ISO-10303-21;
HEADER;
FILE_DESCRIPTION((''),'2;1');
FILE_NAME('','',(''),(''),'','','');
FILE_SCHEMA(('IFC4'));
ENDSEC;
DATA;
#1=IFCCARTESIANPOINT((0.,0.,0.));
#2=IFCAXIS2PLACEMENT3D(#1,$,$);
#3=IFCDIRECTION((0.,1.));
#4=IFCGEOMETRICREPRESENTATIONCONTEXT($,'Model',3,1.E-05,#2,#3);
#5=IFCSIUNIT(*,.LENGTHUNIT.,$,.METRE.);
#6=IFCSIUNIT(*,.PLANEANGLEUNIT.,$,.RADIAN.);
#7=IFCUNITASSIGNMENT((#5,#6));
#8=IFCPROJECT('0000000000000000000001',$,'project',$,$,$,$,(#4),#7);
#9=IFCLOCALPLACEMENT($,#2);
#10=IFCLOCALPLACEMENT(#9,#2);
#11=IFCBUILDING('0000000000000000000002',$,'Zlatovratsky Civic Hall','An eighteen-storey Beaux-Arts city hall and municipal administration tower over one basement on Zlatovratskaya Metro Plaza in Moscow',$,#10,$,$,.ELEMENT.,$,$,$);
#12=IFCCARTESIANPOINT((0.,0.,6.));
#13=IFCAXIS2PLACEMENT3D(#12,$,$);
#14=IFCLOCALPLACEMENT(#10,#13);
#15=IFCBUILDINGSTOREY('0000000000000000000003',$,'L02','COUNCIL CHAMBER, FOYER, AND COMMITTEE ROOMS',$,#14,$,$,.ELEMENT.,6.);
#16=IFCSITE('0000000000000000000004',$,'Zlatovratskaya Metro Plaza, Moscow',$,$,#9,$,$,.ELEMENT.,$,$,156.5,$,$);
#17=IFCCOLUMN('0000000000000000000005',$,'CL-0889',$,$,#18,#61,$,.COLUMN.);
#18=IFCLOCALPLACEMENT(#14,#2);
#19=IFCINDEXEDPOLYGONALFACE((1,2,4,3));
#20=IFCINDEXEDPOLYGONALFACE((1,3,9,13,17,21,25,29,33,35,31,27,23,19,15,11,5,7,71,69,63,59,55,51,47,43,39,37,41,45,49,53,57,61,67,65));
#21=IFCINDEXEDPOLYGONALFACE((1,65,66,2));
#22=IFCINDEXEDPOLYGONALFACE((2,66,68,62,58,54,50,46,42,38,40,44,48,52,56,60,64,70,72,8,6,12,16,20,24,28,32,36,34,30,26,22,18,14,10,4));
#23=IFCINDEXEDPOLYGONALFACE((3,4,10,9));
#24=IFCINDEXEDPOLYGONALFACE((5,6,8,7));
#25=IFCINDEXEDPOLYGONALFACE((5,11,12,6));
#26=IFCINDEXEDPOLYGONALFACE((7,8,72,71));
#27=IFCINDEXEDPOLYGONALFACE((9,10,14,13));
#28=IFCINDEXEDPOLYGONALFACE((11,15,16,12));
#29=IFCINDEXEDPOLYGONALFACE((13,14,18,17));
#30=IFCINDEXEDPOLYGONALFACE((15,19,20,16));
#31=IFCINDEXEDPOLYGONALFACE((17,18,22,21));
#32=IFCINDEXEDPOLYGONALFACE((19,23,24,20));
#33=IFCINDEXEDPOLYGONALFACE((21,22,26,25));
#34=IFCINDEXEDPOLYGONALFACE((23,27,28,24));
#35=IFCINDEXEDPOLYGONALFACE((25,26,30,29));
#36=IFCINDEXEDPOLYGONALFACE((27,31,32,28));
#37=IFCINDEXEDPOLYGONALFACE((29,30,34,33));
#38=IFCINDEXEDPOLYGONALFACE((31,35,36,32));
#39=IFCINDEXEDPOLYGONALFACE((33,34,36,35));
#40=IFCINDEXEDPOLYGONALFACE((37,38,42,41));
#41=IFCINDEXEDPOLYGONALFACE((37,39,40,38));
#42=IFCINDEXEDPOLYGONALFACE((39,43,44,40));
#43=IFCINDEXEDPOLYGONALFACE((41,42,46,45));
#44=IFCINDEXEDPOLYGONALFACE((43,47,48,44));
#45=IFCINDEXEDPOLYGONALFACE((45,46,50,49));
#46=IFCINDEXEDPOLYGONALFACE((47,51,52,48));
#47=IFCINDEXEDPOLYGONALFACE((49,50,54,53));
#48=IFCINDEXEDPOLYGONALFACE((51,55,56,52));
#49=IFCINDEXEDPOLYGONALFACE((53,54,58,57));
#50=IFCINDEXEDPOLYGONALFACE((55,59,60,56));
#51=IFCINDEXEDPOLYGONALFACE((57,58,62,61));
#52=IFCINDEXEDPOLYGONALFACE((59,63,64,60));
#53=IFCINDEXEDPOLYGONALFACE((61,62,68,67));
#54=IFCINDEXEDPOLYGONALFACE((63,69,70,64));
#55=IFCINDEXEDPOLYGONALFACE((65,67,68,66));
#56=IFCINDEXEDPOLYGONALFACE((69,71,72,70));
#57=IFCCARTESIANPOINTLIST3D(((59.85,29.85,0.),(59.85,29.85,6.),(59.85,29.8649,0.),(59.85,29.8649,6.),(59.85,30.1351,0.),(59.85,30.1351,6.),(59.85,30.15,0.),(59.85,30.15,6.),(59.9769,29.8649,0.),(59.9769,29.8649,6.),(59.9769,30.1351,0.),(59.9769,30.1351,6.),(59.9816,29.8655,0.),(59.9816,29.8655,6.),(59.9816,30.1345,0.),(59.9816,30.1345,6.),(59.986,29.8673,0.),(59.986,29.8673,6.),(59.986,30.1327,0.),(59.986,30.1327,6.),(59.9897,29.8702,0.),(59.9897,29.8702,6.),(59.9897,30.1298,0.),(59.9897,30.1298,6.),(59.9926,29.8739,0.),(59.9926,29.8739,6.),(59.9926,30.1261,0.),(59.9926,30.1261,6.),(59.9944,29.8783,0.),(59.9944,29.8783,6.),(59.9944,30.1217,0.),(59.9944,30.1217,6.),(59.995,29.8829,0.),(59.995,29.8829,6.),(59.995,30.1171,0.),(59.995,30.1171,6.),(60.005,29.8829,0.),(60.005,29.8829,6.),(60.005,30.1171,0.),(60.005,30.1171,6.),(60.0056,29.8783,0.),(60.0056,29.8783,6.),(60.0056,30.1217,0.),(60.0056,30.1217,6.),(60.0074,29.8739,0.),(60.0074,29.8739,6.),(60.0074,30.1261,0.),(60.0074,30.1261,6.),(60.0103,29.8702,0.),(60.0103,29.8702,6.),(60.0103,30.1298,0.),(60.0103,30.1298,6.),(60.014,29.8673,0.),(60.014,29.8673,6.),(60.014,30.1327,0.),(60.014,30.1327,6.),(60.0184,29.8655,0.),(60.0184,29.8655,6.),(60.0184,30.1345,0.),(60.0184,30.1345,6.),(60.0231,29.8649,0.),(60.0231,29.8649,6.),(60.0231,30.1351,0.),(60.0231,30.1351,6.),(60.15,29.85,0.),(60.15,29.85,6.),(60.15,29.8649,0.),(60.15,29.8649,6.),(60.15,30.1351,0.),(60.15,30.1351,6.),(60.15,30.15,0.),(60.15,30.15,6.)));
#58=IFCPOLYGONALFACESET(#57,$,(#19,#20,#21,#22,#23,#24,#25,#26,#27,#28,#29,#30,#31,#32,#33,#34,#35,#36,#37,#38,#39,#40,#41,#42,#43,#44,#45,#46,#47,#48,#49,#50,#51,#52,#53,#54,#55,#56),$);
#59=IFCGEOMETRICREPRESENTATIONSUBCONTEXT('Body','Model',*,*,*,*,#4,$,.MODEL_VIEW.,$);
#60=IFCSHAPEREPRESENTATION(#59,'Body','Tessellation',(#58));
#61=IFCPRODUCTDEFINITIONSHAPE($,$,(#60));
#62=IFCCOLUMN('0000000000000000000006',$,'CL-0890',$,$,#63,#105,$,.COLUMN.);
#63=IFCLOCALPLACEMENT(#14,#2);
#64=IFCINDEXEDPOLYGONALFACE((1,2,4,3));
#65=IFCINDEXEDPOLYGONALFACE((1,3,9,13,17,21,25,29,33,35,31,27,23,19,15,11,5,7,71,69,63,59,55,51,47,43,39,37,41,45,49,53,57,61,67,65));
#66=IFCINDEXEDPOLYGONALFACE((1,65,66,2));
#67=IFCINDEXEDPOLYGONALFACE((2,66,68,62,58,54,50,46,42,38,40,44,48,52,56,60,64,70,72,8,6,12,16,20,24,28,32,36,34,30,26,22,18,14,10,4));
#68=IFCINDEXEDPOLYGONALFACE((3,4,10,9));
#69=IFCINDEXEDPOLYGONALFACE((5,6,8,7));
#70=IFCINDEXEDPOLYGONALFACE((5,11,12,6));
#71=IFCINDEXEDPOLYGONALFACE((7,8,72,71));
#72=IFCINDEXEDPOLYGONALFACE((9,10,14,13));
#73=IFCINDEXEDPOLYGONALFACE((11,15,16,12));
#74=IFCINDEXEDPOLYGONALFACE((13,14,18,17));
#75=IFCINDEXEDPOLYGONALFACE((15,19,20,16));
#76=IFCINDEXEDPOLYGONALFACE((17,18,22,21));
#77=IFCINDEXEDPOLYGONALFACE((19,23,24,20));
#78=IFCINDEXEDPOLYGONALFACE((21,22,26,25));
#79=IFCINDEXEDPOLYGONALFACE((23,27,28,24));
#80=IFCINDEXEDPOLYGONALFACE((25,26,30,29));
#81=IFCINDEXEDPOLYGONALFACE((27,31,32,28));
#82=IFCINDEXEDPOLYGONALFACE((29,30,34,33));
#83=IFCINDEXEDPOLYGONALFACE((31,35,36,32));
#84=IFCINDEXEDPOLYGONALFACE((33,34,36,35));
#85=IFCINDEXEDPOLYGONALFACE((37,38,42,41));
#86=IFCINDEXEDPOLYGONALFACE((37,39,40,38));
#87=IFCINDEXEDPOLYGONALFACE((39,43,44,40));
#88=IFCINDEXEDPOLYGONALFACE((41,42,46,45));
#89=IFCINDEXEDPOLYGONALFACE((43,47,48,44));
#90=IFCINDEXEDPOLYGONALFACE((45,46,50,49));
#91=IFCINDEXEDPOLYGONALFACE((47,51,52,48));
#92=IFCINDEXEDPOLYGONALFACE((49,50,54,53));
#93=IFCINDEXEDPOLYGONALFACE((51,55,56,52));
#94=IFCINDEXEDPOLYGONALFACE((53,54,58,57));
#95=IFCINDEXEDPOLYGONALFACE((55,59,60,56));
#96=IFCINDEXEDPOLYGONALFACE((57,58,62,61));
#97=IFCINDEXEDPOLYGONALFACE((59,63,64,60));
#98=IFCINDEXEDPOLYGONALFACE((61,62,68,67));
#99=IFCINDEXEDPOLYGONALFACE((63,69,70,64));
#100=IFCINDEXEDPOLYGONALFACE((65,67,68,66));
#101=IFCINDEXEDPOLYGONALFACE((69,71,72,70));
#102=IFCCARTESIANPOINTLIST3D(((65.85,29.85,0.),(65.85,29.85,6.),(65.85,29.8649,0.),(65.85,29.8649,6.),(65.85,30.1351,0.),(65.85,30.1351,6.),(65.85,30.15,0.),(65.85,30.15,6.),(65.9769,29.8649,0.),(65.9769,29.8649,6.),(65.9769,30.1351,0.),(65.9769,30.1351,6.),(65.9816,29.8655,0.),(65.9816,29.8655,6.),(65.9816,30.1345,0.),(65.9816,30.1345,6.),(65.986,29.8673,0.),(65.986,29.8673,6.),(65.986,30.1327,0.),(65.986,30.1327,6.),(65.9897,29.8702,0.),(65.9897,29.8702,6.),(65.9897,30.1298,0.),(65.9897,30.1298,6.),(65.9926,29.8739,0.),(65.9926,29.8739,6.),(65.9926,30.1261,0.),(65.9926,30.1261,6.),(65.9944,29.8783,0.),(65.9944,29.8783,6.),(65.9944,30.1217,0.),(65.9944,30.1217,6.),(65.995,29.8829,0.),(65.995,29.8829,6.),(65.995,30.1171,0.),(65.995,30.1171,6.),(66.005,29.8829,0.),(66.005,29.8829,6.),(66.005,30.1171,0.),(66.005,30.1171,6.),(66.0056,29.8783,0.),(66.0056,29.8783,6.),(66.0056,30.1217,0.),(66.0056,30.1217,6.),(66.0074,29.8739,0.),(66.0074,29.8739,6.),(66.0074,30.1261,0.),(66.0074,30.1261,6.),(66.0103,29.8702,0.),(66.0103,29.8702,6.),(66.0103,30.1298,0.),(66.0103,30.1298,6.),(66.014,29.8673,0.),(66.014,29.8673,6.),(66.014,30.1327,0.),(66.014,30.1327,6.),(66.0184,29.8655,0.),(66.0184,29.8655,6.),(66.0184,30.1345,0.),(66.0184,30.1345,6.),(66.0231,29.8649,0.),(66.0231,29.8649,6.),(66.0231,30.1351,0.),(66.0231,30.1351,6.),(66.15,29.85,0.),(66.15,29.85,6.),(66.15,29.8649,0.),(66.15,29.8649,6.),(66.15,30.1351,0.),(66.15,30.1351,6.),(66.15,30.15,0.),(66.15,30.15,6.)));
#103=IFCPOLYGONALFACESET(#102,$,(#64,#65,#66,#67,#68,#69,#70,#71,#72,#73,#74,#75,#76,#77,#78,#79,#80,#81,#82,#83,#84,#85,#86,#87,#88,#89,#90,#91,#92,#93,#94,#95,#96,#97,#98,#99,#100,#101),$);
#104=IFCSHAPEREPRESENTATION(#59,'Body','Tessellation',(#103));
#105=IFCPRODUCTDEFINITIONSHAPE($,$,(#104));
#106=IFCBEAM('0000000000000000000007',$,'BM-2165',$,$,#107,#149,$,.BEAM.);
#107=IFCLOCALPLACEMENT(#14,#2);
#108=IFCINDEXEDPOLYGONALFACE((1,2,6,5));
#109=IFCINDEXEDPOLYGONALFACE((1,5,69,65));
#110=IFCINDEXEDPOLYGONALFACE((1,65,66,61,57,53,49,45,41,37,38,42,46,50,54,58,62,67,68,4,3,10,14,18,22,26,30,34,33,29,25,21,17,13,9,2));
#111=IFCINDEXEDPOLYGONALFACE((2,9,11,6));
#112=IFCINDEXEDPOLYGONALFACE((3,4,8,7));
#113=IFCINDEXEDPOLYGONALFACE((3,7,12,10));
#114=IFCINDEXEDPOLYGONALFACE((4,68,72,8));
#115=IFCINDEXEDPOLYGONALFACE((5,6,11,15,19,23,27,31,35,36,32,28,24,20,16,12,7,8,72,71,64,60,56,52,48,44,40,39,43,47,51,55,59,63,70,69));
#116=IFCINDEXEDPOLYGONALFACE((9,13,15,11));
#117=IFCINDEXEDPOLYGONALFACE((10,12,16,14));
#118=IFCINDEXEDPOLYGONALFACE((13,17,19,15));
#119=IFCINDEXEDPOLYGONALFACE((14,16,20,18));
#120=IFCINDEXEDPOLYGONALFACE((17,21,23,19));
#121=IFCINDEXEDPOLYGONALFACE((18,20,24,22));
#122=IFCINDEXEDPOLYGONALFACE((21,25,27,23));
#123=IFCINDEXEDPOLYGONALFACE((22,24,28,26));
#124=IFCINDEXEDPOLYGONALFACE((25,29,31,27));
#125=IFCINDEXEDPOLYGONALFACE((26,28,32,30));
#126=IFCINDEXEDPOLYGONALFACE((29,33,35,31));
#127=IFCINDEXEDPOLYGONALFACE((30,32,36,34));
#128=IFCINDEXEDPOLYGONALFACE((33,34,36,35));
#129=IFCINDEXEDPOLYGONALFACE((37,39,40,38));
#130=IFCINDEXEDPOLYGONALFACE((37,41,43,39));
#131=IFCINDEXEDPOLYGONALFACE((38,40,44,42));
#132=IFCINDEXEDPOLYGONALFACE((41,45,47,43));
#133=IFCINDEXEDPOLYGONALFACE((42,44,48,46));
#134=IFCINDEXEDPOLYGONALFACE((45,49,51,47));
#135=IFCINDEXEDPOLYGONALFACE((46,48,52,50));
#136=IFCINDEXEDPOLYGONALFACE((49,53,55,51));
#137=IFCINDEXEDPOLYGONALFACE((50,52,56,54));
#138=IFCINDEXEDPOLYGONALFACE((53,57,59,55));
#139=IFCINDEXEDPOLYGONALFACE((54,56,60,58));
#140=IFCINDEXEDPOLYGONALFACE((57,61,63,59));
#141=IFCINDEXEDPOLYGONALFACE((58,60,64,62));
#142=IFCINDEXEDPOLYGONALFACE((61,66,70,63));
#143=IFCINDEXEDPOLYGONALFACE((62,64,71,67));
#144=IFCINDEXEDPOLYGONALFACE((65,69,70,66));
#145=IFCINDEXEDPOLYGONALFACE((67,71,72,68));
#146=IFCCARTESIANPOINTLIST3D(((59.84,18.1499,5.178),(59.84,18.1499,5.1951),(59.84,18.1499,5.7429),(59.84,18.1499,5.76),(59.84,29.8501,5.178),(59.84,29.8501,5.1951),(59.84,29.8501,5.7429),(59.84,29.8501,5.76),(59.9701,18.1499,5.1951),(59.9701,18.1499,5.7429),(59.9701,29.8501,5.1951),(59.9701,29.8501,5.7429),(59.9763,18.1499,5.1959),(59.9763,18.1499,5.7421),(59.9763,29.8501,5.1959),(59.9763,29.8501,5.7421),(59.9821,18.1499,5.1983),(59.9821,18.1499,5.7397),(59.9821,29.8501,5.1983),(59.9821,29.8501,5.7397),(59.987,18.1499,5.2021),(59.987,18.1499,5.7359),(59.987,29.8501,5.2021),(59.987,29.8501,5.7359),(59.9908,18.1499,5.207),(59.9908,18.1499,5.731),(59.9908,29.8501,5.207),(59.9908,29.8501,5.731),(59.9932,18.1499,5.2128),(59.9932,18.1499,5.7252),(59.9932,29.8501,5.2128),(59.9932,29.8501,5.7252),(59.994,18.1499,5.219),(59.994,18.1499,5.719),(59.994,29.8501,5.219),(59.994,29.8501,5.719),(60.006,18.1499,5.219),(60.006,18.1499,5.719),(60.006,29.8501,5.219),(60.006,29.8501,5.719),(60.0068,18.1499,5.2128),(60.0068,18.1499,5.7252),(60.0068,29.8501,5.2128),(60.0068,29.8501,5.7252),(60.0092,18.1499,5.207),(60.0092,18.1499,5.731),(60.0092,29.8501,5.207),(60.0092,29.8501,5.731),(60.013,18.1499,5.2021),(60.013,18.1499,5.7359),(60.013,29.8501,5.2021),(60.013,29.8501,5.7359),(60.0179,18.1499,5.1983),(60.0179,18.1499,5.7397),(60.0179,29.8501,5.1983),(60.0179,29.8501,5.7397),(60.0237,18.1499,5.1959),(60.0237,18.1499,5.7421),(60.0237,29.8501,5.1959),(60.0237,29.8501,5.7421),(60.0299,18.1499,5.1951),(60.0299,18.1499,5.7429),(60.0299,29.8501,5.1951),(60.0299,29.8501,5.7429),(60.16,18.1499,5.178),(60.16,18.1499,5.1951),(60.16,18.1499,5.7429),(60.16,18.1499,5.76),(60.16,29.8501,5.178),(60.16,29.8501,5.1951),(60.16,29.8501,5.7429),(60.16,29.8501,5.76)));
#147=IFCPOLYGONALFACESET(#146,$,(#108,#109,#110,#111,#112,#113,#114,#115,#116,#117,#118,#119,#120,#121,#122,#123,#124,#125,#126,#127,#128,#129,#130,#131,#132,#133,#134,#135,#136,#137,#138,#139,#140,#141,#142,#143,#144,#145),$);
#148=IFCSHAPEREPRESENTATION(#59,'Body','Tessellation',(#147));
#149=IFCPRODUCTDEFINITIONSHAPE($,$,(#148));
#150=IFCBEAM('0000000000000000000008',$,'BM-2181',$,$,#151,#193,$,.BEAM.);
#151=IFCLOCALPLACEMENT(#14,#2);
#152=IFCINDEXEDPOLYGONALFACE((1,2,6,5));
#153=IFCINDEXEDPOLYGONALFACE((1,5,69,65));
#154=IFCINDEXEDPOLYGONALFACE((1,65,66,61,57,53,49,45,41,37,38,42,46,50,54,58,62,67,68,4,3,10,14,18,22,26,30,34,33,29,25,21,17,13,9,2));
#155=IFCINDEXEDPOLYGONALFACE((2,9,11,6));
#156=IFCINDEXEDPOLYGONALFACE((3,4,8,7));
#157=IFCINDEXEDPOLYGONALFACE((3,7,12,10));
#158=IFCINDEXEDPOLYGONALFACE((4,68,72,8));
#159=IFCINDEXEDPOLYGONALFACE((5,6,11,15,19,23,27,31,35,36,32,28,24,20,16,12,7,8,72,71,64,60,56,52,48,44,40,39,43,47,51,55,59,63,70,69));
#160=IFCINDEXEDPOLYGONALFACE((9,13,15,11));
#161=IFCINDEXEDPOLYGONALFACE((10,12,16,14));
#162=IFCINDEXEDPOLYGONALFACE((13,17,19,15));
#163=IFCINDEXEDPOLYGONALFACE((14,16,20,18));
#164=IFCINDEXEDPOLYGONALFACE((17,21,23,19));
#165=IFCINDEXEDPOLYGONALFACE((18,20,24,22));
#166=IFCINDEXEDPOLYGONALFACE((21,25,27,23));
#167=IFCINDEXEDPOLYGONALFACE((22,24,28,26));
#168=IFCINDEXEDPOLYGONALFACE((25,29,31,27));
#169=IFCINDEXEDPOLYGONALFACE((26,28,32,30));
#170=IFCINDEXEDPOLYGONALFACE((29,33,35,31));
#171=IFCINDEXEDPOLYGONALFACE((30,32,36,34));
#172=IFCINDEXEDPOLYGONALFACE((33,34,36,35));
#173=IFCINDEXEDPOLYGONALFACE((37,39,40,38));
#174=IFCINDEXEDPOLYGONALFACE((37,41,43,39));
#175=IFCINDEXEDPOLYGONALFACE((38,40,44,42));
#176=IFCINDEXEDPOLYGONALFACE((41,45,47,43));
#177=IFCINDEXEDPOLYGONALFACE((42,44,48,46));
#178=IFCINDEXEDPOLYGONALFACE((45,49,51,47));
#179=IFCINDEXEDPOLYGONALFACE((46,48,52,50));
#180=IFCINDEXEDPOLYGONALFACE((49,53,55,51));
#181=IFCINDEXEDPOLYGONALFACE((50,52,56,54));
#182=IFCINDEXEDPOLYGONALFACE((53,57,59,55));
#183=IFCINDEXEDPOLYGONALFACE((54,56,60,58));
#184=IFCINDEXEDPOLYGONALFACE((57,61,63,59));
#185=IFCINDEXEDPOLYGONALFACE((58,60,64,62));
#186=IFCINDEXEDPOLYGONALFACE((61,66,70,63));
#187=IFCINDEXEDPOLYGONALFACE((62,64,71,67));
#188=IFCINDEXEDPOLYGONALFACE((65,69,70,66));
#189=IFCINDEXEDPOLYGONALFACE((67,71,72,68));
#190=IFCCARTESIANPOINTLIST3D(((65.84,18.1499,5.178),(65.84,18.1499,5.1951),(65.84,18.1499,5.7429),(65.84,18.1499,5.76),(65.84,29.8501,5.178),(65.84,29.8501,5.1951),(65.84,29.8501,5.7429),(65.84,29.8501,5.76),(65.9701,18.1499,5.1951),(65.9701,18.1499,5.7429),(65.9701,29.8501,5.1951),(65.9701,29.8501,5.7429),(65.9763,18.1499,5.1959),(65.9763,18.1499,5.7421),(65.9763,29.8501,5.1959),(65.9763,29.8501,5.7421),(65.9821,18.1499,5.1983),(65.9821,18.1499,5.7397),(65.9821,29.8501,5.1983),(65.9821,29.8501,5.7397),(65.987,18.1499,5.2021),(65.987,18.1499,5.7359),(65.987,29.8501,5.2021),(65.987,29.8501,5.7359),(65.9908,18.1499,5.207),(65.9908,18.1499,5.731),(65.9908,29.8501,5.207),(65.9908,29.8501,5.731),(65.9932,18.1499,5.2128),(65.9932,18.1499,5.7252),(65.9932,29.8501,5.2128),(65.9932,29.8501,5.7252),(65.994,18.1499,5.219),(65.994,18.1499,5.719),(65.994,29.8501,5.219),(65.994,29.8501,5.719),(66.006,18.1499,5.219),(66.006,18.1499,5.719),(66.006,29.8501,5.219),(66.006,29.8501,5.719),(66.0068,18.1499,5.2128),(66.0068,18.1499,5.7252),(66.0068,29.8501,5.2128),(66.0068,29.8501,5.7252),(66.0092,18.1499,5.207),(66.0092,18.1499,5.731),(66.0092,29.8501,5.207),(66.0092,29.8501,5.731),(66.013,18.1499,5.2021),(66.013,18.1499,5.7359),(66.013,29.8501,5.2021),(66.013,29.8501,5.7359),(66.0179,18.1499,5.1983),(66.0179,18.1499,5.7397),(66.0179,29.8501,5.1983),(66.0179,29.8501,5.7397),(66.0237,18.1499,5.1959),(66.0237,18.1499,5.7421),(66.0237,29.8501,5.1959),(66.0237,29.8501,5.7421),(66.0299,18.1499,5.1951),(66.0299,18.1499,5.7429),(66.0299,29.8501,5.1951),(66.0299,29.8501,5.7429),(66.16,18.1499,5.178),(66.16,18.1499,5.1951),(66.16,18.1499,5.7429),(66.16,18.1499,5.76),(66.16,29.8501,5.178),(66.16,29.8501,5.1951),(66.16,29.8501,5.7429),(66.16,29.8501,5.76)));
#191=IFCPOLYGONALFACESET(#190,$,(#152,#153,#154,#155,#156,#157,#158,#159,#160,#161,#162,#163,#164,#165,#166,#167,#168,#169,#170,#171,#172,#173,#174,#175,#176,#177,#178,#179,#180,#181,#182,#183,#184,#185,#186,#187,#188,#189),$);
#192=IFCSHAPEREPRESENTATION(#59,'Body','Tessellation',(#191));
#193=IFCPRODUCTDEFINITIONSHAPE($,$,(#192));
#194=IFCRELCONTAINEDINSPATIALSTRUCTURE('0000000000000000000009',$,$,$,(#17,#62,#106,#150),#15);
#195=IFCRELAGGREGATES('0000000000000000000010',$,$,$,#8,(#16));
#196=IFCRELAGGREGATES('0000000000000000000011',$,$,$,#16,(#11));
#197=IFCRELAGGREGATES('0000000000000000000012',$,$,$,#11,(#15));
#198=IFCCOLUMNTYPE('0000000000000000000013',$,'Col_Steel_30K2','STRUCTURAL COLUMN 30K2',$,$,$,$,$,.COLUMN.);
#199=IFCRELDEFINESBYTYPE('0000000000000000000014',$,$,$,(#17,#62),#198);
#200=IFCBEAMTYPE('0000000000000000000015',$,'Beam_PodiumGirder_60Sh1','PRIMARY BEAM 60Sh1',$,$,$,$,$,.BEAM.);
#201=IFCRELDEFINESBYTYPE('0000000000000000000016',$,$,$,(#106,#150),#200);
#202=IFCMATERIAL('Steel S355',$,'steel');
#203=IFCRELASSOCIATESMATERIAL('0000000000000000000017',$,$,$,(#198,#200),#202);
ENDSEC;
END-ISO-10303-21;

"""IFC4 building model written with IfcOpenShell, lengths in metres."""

from ifc_helpers import new_model, si_unit, direction, frame, origin, origin_2d, place, context, subcontext, project, spatial, i_section, extrude, material, material_profile, profile_set, type_object, element, save


model = new_model("IFC4")

# Units and contexts
model_context = context("Model", 3, precision=1e-05, world=origin(), true_north=direction((0.0, 1.0)))
body_context = subcontext(model_context, "Body", "Model", "MODEL_VIEW")
ifc_project = project(units=[si_unit("LENGTHUNIT", "METRE"), si_unit("PLANEANGLEUNIT", "RADIAN")], contexts=[model_context])

# Site, building, storey
site_placement = place(None, origin())
site = spatial("IfcSite", under=ifc_project, at=site_placement, Name="Zlatovratskaya Metro Plaza, Moscow", CompositionType="ELEMENT", RefElevation=156.5)
building_placement = place(site_placement, origin())
building = spatial("IfcBuilding", under=site, at=building_placement, Name="Zlatovratsky Civic Hall", Description="An eighteen-storey Beaux-Arts city hall and municipal administration tower over one basement on Zlatovratskaya Metro Plaza in Moscow", CompositionType="ELEMENT")
storey_placement = place(building_placement, frame((0.0, 0.0, 6.0)))
storey = spatial("IfcBuildingStorey", under=building, at=storey_placement, Name="L02", Description="COUNCIL CHAMBER, FOYER, AND COMMITTEE ROOMS", CompositionType="ELEMENT", Elevation=6.0)

# Columns
ifc_material_1 = material(Name="Steel S355", Category="steel")
ifc_material_profile_1 = material_profile(ifc_material_1, i_section(OverallWidth=0.3, OverallDepth=0.3, WebThickness=0.01, FlangeThickness=0.0149, FilletRadius=0.0181, at=origin_2d()), Name="30K2")
ifc_profile_set_1 = profile_set([ifc_material_profile_1], Name="Steel S355")
column_type_1 = type_object("IfcColumnType", Name="Col_Steel_30K2", Description="STRUCTURAL COLUMN 30K2", PredefinedType="COLUMN", material=ifc_profile_set_1)
for number, where, z_axis, x_axis, name in (
    (1, (60.0, 30.0, 0.0), (0.0, 0.0, 1.0), (1.0, 0.0, 0.0), "CL-0889"),
    (2, (66.0, 30.0, 0.0), (0.0, 0.0, 1.0), (1.0, 0.0, 0.0), "CL-0890"),
):
    element("IfcColumn", number, at=place(storey_placement, frame(where, z_axis=z_axis, x_axis=x_axis)), inside=storey, type_object=column_type_1, Name=name, PredefinedType="COLUMN", context=body_context, shape_type="SweptSolid", body=[
        extrude(i_section(OverallWidth=0.3, OverallDepth=0.3, WebThickness=0.01, FlangeThickness=0.0149, FilletRadius=0.0181, at=origin_2d()), origin(), (0.0, 0.0, 1.0), 6.0),
    ])

# Beams
ifc_material_profile_2 = material_profile(ifc_material_1, i_section(OverallWidth=0.3201, OverallDepth=0.582, WebThickness=0.012, FlangeThickness=0.0171, FilletRadius=0.0239, at=origin_2d()), Name="60Sh1")
ifc_profile_set_2 = profile_set([ifc_material_profile_2], Name="Steel S355")
beam_type_1 = type_object("IfcBeamType", Name="Beam_PodiumGirder_60Sh1", Description="PRIMARY BEAM 60Sh1", PredefinedType="BEAM", material=ifc_profile_set_2)
for number, where, z_axis, x_axis, name in (
    (3, (60.0, 18.1499, 5.469), (0.0, 1.0, 0.0), (-1.0, 0.0, 0.0), "BM-2165"),
    (4, (66.0, 18.1499, 5.469), (0.0, 1.0, 0.0), (-1.0, 0.0, 0.0), "BM-2181"),
):
    element("IfcBeam", number, at=place(storey_placement, frame(where, z_axis=z_axis, x_axis=x_axis)), inside=storey, type_object=beam_type_1, Name=name, PredefinedType="BEAM", context=body_context, shape_type="SweptSolid", body=[
        extrude(i_section(OverallWidth=0.3201, OverallDepth=0.582, WebThickness=0.012, FlangeThickness=0.0171, FilletRadius=0.0239, at=origin_2d()), origin(), (0.0, 0.0, 1.0), 11.7002),
    ])

save(model, "model.ifc")
